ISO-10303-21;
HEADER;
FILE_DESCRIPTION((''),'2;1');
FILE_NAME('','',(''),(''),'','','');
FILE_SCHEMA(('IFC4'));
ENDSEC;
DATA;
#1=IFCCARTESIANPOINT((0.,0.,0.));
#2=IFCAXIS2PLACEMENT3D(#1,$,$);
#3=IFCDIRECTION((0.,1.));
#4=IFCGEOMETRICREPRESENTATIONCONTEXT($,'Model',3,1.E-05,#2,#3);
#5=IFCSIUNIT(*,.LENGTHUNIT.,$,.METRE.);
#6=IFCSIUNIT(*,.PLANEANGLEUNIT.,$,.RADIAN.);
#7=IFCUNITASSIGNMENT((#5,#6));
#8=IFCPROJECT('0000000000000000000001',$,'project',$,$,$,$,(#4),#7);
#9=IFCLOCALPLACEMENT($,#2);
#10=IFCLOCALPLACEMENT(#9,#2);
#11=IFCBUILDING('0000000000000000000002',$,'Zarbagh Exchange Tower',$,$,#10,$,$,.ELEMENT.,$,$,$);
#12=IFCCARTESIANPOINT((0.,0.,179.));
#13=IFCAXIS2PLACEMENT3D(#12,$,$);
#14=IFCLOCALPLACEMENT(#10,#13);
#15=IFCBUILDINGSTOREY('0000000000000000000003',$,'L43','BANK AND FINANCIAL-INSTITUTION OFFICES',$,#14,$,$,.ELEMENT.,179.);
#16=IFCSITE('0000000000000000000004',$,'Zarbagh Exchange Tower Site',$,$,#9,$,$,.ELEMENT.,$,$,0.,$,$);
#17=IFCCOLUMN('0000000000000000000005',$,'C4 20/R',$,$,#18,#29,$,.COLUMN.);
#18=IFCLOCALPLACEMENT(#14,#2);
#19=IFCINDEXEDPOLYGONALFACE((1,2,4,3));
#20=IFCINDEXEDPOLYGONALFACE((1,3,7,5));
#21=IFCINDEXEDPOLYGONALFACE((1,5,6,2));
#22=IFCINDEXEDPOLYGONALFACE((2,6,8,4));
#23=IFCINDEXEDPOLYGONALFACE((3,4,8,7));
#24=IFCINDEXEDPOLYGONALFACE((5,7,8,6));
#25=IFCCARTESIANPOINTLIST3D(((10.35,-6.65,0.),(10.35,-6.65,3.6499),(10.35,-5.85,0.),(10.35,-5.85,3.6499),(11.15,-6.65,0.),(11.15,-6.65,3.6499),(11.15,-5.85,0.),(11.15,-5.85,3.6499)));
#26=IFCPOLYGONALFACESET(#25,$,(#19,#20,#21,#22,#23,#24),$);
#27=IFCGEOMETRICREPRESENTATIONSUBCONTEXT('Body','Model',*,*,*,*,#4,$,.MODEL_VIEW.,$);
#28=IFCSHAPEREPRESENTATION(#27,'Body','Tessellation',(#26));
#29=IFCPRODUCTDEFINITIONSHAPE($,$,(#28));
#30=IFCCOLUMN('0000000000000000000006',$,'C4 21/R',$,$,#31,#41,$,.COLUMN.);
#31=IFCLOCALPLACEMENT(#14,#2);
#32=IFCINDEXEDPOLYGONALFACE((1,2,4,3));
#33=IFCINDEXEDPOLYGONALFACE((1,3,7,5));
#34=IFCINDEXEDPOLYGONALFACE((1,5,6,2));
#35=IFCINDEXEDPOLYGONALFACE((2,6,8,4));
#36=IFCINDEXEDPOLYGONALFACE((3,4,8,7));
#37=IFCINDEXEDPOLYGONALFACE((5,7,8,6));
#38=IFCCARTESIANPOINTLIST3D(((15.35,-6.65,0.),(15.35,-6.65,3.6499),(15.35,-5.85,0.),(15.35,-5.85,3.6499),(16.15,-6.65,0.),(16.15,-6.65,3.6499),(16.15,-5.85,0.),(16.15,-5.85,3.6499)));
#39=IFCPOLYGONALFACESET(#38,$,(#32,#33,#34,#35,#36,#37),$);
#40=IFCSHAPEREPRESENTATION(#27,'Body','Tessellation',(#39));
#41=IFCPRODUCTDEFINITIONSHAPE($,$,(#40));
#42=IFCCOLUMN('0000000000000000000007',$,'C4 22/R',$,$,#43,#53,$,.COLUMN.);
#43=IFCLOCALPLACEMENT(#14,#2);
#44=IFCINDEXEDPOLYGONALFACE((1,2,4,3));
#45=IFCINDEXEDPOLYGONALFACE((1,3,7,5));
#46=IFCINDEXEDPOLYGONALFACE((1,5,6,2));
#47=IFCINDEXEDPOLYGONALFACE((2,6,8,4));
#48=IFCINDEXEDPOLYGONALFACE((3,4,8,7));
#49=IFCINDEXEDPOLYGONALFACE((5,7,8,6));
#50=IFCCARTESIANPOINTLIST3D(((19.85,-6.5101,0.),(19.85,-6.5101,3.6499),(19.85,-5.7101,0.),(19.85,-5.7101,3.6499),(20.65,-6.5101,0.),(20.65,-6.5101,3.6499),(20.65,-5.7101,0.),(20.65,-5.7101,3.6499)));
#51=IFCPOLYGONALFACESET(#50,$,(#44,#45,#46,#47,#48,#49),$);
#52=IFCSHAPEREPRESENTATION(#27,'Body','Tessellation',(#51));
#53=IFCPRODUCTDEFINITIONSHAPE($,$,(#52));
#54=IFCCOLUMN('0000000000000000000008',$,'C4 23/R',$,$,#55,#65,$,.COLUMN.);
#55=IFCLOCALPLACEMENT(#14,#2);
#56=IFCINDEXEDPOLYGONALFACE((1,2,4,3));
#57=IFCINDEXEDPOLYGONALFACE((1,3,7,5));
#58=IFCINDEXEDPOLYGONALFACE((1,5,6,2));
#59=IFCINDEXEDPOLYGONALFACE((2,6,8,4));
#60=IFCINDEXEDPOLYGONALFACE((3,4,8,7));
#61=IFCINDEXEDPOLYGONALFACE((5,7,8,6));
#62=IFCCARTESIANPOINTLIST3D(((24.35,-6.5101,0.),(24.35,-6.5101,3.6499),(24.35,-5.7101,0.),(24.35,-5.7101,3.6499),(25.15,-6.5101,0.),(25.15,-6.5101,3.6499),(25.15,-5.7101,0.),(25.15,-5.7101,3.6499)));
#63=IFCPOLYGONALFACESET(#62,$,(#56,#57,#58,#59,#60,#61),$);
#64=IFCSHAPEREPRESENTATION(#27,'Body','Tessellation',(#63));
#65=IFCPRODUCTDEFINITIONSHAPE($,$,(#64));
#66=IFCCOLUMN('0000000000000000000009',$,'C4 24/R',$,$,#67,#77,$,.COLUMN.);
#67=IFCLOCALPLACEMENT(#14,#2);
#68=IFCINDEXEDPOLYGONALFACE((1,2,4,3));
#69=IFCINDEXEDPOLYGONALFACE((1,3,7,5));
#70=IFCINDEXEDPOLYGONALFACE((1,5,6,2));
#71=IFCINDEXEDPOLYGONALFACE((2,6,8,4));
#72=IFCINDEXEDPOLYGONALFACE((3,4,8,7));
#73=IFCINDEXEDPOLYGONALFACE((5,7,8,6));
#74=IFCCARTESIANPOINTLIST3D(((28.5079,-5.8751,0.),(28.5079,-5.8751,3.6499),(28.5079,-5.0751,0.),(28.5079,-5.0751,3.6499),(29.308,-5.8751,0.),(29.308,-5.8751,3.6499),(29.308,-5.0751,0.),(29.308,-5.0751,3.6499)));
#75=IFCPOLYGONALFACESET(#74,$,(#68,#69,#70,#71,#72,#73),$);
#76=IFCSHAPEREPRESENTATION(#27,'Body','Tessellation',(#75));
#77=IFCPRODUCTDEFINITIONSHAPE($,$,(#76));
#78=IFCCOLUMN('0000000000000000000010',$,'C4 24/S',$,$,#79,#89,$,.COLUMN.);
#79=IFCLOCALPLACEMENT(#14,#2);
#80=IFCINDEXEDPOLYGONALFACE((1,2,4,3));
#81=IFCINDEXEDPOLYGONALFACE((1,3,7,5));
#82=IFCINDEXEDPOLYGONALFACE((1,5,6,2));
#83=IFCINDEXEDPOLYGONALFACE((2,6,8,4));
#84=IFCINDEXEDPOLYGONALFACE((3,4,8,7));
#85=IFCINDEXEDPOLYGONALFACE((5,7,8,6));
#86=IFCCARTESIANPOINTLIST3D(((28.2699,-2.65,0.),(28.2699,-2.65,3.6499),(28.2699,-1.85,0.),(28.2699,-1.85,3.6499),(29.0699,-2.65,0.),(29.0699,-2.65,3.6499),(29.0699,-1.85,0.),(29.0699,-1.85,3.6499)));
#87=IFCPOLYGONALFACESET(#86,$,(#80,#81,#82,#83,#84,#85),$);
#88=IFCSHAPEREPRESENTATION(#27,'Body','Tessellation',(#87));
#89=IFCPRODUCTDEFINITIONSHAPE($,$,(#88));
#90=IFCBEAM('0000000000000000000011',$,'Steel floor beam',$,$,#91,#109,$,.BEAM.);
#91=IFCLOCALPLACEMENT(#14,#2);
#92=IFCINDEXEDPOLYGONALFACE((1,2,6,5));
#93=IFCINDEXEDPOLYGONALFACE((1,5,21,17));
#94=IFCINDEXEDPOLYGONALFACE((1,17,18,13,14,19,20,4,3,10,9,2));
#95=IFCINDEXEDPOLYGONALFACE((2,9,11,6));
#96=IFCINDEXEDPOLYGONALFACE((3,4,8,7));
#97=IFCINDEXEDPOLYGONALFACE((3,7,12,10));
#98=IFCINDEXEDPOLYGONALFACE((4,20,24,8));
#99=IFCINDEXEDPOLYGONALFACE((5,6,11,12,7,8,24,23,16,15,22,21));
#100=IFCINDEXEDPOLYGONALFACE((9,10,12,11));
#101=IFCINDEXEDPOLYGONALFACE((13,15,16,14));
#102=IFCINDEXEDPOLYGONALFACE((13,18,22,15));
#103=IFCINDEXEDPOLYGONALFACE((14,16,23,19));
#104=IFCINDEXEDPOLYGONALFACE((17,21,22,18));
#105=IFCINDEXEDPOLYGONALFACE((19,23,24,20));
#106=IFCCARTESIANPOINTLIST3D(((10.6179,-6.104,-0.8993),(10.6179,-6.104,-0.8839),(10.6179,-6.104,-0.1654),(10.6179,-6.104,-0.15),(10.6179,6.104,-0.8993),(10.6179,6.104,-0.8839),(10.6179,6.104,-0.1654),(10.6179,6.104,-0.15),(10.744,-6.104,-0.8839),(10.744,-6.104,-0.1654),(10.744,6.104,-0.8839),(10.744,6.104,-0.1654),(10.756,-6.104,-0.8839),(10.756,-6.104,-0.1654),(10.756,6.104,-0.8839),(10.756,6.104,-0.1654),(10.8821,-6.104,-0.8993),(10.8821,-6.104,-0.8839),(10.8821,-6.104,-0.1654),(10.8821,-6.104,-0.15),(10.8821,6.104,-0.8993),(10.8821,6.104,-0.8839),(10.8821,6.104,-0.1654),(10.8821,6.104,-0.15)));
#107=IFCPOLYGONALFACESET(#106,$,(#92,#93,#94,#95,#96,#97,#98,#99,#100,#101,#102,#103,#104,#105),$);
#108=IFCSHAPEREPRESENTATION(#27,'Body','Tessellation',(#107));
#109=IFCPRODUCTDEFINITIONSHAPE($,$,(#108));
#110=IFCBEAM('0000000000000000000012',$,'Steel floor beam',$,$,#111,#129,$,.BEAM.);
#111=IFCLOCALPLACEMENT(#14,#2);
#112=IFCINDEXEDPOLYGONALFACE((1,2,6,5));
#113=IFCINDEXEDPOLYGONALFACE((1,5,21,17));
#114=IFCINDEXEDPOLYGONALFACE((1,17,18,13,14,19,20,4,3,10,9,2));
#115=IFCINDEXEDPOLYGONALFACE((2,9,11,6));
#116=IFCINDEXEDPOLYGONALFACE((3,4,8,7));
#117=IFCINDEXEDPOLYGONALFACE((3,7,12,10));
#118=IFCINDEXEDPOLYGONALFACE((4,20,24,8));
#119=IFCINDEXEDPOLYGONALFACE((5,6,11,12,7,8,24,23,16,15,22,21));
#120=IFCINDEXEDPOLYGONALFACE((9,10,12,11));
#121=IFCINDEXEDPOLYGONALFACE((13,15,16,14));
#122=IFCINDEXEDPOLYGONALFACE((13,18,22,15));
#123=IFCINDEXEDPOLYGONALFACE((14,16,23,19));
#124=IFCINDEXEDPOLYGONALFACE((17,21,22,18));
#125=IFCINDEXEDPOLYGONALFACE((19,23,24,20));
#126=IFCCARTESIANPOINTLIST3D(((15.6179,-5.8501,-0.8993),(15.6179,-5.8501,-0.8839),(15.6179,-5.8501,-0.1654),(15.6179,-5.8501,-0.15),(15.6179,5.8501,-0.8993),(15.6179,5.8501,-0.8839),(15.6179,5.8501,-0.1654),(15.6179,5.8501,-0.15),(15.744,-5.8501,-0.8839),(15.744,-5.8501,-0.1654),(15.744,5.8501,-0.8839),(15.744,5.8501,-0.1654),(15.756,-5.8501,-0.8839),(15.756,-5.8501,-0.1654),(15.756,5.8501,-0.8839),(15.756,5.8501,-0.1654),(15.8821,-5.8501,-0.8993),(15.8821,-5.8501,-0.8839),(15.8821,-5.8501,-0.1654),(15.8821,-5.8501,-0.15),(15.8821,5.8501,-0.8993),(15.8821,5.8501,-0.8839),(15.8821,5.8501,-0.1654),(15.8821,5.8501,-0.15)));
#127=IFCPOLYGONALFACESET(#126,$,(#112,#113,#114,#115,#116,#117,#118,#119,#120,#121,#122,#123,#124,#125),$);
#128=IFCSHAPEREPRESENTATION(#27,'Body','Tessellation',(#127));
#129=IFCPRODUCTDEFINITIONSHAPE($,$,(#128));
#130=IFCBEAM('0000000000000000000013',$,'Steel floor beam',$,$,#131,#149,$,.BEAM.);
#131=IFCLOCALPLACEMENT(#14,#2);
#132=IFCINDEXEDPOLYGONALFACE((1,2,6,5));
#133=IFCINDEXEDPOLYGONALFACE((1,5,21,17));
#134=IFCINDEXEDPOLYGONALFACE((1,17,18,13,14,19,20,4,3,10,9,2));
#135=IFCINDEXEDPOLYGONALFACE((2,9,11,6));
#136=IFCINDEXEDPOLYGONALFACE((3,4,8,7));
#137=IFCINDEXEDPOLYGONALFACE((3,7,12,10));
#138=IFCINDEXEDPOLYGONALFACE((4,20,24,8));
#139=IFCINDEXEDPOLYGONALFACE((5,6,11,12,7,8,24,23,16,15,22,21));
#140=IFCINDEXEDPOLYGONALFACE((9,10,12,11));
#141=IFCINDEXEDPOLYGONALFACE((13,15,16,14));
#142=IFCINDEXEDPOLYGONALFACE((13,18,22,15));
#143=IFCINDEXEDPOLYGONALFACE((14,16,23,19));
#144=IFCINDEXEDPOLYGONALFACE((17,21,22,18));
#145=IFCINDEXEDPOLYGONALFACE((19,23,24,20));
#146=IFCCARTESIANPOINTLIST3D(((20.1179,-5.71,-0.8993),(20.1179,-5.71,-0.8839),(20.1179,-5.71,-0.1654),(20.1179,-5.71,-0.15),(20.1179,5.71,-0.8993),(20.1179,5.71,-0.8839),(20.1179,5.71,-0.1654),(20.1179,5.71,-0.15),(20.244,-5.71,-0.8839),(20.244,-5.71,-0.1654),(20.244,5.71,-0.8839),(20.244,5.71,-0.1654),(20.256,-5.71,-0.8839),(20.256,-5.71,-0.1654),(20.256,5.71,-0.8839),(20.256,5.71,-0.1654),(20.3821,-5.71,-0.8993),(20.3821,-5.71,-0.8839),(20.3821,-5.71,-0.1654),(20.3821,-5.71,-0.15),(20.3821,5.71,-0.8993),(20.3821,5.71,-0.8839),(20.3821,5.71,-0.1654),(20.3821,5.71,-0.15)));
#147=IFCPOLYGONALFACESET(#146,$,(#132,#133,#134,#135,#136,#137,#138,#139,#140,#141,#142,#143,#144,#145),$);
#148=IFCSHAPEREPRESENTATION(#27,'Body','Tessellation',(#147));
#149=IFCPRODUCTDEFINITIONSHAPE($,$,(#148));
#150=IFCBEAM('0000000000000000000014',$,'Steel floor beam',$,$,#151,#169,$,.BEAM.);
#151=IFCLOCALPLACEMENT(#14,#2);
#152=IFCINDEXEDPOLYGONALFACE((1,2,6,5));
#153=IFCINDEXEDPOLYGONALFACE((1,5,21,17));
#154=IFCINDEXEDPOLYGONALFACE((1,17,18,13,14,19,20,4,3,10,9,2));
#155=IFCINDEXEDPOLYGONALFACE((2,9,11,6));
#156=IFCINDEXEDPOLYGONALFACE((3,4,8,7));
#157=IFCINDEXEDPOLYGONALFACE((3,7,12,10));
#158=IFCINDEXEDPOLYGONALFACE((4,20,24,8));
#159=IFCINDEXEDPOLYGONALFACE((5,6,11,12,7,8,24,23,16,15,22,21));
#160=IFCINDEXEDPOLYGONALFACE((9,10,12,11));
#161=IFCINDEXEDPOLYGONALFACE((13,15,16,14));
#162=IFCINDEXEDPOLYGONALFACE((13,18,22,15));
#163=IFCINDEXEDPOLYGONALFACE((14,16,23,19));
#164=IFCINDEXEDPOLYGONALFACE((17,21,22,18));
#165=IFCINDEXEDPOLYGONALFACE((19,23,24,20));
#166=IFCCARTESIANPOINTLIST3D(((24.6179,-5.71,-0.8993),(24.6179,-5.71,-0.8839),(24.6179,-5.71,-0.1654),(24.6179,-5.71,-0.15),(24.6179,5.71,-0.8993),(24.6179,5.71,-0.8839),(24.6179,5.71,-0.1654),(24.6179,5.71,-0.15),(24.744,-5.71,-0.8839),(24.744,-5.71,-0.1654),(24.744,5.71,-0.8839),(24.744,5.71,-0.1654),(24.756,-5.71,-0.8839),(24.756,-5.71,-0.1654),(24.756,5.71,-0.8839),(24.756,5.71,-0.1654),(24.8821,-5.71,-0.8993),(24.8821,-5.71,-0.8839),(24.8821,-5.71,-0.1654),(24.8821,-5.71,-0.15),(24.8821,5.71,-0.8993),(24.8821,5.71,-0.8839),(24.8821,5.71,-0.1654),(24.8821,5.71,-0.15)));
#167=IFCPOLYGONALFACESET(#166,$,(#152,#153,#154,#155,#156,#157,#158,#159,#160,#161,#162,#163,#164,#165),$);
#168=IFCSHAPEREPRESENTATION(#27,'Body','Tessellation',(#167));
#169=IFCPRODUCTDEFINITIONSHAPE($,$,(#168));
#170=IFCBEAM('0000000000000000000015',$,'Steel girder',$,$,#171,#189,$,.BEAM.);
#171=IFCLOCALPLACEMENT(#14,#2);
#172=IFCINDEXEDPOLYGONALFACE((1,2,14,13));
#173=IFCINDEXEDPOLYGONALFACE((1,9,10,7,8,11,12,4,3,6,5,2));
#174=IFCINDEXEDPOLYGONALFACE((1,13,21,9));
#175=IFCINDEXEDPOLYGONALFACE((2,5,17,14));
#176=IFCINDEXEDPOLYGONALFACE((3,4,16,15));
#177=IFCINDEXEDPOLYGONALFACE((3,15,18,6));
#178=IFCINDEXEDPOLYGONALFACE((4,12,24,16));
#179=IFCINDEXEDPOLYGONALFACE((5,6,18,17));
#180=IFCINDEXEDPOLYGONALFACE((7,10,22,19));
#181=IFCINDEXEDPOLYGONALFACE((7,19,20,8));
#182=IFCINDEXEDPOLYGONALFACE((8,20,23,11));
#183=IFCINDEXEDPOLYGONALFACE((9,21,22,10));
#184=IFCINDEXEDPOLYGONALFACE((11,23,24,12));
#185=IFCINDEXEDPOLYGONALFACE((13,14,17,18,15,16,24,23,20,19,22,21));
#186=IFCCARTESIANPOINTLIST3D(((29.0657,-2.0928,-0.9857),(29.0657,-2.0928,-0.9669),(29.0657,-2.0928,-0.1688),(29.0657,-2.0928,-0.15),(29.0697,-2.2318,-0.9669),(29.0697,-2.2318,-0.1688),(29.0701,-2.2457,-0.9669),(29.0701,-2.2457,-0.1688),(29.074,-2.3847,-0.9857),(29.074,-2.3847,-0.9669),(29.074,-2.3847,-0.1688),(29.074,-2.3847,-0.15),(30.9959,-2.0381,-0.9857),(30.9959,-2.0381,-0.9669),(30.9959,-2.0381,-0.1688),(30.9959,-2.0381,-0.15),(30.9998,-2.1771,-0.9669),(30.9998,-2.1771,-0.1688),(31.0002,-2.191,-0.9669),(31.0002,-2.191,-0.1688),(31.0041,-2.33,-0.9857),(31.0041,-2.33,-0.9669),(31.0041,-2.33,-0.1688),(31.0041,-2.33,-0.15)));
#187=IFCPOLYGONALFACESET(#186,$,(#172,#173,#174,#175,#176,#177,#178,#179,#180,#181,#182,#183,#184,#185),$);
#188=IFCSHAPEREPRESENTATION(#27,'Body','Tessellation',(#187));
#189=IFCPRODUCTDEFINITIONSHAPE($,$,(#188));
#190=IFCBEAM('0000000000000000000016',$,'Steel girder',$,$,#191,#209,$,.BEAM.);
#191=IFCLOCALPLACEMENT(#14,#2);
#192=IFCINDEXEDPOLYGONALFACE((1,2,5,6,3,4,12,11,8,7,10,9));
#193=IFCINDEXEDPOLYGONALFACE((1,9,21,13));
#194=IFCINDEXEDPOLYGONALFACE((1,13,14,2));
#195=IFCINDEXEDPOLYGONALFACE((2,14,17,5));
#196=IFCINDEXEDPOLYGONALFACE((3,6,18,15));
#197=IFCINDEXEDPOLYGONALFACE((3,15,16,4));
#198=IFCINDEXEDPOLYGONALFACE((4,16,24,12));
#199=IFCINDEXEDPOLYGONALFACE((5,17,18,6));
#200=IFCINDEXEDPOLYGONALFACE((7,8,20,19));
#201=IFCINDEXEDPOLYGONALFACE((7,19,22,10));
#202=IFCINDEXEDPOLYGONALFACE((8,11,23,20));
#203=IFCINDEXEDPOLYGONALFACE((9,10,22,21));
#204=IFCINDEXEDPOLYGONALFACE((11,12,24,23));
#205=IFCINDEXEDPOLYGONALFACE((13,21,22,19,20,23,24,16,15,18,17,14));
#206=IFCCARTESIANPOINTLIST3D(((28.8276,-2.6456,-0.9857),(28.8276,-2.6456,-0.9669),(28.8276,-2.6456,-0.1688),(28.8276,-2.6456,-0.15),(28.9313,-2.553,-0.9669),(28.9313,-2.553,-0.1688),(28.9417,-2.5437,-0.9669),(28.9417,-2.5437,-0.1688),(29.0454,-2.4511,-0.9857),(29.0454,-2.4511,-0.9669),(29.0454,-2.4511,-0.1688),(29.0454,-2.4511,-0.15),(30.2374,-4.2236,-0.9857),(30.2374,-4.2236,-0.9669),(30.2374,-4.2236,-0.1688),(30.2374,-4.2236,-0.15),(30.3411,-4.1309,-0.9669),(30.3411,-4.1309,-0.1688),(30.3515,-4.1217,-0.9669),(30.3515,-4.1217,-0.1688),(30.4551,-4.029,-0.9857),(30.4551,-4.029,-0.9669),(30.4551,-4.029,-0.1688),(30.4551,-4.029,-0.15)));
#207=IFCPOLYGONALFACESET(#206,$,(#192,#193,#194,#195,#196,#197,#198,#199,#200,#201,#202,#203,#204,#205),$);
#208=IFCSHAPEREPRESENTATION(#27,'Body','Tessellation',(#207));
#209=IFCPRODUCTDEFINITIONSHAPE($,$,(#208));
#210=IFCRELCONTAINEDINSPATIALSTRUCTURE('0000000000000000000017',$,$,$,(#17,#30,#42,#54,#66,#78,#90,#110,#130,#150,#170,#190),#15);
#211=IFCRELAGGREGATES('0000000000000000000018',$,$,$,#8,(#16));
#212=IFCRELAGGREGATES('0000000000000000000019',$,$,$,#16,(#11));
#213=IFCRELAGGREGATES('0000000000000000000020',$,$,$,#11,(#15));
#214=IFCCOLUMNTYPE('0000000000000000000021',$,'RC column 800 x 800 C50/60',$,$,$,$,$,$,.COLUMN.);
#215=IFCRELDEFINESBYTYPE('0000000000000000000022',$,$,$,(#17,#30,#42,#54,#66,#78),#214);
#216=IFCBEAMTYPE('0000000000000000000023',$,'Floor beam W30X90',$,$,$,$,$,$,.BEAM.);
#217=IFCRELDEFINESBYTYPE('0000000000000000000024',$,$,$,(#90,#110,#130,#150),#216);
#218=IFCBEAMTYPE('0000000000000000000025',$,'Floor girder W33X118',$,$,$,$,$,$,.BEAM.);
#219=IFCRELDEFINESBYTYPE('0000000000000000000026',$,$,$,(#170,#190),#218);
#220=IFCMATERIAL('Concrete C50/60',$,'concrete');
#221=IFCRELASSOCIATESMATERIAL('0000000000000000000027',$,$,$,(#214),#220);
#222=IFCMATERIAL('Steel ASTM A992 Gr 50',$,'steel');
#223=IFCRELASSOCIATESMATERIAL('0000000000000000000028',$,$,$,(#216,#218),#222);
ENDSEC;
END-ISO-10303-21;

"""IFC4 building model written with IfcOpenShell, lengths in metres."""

from ifc_helpers import new_model, si_unit, direction, frame, origin, origin_2d, place, context, subcontext, project, spatial, rectangle, i_section, extrude, material, material_profile, profile_set, type_object, element, save


model = new_model("IFC4")

# Units and contexts
model_context = context("Model", 3, precision=1e-05, world=origin(), true_north=direction((0.0, 1.0)))
body_context = subcontext(model_context, "Body", "Model", "MODEL_VIEW")
ifc_project = project(units=[si_unit("LENGTHUNIT", "METRE"), si_unit("PLANEANGLEUNIT", "RADIAN")], contexts=[model_context])

# Site, building, storey
site_placement = place(None, origin())
site = spatial("IfcSite", under=ifc_project, at=site_placement, Name="Zarbagh Exchange Tower Site", CompositionType="ELEMENT", RefElevation=0.0)
building_placement = place(site_placement, origin())
building = spatial("IfcBuilding", under=site, at=building_placement, Name="Zarbagh Exchange Tower", CompositionType="ELEMENT")
storey_placement = place(building_placement, frame((0.0, 0.0, 179.0)))
storey = spatial("IfcBuildingStorey", under=building, at=storey_placement, Name="L43", Description="BANK AND FINANCIAL-INSTITUTION OFFICES", CompositionType="ELEMENT", Elevation=179.0)

# Columns
ifc_material_1 = material(Name="Concrete C50/60", Category="concrete")
ifc_material_profile_1 = material_profile(ifc_material_1, rectangle(XDim=0.8, YDim=0.8, at=origin_2d()), Name="RC column 800 x 800 C50/60")
ifc_profile_set_1 = profile_set([ifc_material_profile_1], Name="Concrete C50/60")
column_type = type_object("IfcColumnType", Name="RC column 800 x 800 C50/60", PredefinedType="COLUMN", material=ifc_profile_set_1)
for number, where, z_axis, x_axis, name in (
    (1, (10.75, -6.25, 0.0), (0.0, 0.0, 1.0), (1.0, 0.0, 0.0), "C4 20/R"),
    (2, (15.75, -6.25, 0.0), (0.0, 0.0, 1.0), (1.0, 0.0, 0.0), "C4 21/R"),
    (3, (20.25, -6.1101, 0.0), (0.0, 0.0, 1.0), (1.0, 0.0, 0.0), "C4 22/R"),
    (4, (24.75, -6.1101, 0.0), (0.0, 0.0, 1.0), (1.0, 0.0, 0.0), "C4 23/R"),
    (5, (28.908, -5.4751, 0.0), (0.0, 0.0, 1.0), (1.0, 0.0, 0.0), "C4 24/R"),
    (6, (28.6699, -2.25, 0.0), (0.0, 0.0, 1.0), (1.0, 0.0, 0.0), "C4 24/S"),
):
    element("IfcColumn", number, at=place(storey_placement, frame(where, z_axis=z_axis, x_axis=x_axis)), inside=storey, type_object=column_type, Name=name, PredefinedType="COLUMN", context=body_context, shape_type="SweptSolid", body=[
        extrude(rectangle(XDim=0.8, YDim=0.8, at=origin_2d()), origin(), (0.0, 0.0, 1.0), 3.6499),
    ])

# Beams
ifc_material_2 = material(Name="Steel ASTM A992 Gr 50", Category="steel")
ifc_material_profile_2 = material_profile(ifc_material_2, i_section(OverallWidth=0.2642, OverallDepth=0.7493, WebThickness=0.012, FlangeThickness=0.0154, at=origin_2d()), Name="W30X90")
ifc_profile_set_2 = profile_set([ifc_material_profile_2], Name="Steel ASTM A992 Gr 50")
beam_type_1 = type_object("IfcBeamType", Name="Floor beam W30X90", PredefinedType="BEAM", material=ifc_profile_set_2)
beam_1_placement = place(storey_placement, frame((10.75, -6.104, -0.5247), z_axis=(0.0, 1.0, 0.0), x_axis=(-1.0, 0.0, 0.0)))
element("IfcBeam", 7, at=beam_1_placement, inside=storey, type_object=beam_type_1, Name="Steel floor beam", PredefinedType="BEAM", context=body_context, shape_type="SweptSolid", body=[
    extrude(i_section(OverallWidth=0.2642, OverallDepth=0.7493, WebThickness=0.012, FlangeThickness=0.0154, at=origin_2d()), origin(), (0.0, 0.0, 1.0), 12.208),
])
beam_2_placement = place(storey_placement, frame((15.75, -5.8501, -0.5247), z_axis=(0.0, 1.0, 0.0), x_axis=(-1.0, 0.0, 0.0)))
element("IfcBeam", 8, at=beam_2_placement, inside=storey, type_object=beam_type_1, Name="Steel floor beam", PredefinedType="BEAM", context=body_context, shape_type="SweptSolid", body=[
    extrude(i_section(OverallWidth=0.2642, OverallDepth=0.7493, WebThickness=0.012, FlangeThickness=0.0154, at=origin_2d()), origin(), (0.0, 0.0, 1.0), 11.7002),
])
for number, where, z_axis, x_axis, name in (
    (9, (20.25, -5.71, -0.5247), (0.0, 1.0, 0.0), (-1.0, 0.0, 0.0), "Steel floor beam"),
    (10, (24.75, -5.71, -0.5247), (0.0, 1.0, 0.0), (-1.0, 0.0, 0.0), "Steel floor beam"),
):
    element("IfcBeam", number, at=place(storey_placement, frame(where, z_axis=z_axis, x_axis=x_axis)), inside=storey, type_object=beam_type_1, Name=name, PredefinedType="BEAM", context=body_context, shape_type="SweptSolid", body=[
        extrude(i_section(OverallWidth=0.2642, OverallDepth=0.7493, WebThickness=0.012, FlangeThickness=0.0154, at=origin_2d()), origin(), (0.0, 0.0, 1.0), 11.4199),
    ])
ifc_material_profile_3 = material_profile(ifc_material_2, i_section(OverallWidth=0.292, OverallDepth=0.8357, WebThickness=0.0139, FlangeThickness=0.0188, at=origin_2d()), Name="W33X118")
ifc_profile_set_3 = profile_set([ifc_material_profile_3], Name="Steel ASTM A992 Gr 50")
beam_type_2 = type_object("IfcBeamType", Name="Floor girder W33X118", PredefinedType="BEAM", material=ifc_profile_set_3)
beam_3_placement = place(storey_placement, frame((31.0, -2.1841, -0.5679), z_axis=(-0.999599, -0.028322, 0.0), x_axis=(0.028322, -0.999599, 0.0)))
element("IfcBeam", 11, at=beam_3_placement, inside=storey, type_object=beam_type_2, Name="Steel girder", PredefinedType="BEAM", context=body_context, shape_type="SweptSolid", body=[
    extrude(i_section(OverallWidth=0.292, OverallDepth=0.8357, WebThickness=0.0139, FlangeThickness=0.0188, at=origin_2d()), origin(), (0.0, 0.0, 1.0), 1.9309),
])
beam_4_placement = place(storey_placement, frame((28.9365, -2.5483, -0.5679), z_axis=(0.666238, -0.745739, 0.0), x_axis=(0.745739, 0.666238, 0.0)))
element("IfcBeam", 12, at=beam_4_placement, inside=storey, type_object=beam_type_2, Name="Steel girder", PredefinedType="BEAM", context=body_context, shape_type="SweptSolid", body=[
    extrude(i_section(OverallWidth=0.292, OverallDepth=0.8357, WebThickness=0.0139, FlangeThickness=0.0188, at=origin_2d()), origin(), (0.0, 0.0, 1.0), 2.116),
])

save(model, "model.ifc")
